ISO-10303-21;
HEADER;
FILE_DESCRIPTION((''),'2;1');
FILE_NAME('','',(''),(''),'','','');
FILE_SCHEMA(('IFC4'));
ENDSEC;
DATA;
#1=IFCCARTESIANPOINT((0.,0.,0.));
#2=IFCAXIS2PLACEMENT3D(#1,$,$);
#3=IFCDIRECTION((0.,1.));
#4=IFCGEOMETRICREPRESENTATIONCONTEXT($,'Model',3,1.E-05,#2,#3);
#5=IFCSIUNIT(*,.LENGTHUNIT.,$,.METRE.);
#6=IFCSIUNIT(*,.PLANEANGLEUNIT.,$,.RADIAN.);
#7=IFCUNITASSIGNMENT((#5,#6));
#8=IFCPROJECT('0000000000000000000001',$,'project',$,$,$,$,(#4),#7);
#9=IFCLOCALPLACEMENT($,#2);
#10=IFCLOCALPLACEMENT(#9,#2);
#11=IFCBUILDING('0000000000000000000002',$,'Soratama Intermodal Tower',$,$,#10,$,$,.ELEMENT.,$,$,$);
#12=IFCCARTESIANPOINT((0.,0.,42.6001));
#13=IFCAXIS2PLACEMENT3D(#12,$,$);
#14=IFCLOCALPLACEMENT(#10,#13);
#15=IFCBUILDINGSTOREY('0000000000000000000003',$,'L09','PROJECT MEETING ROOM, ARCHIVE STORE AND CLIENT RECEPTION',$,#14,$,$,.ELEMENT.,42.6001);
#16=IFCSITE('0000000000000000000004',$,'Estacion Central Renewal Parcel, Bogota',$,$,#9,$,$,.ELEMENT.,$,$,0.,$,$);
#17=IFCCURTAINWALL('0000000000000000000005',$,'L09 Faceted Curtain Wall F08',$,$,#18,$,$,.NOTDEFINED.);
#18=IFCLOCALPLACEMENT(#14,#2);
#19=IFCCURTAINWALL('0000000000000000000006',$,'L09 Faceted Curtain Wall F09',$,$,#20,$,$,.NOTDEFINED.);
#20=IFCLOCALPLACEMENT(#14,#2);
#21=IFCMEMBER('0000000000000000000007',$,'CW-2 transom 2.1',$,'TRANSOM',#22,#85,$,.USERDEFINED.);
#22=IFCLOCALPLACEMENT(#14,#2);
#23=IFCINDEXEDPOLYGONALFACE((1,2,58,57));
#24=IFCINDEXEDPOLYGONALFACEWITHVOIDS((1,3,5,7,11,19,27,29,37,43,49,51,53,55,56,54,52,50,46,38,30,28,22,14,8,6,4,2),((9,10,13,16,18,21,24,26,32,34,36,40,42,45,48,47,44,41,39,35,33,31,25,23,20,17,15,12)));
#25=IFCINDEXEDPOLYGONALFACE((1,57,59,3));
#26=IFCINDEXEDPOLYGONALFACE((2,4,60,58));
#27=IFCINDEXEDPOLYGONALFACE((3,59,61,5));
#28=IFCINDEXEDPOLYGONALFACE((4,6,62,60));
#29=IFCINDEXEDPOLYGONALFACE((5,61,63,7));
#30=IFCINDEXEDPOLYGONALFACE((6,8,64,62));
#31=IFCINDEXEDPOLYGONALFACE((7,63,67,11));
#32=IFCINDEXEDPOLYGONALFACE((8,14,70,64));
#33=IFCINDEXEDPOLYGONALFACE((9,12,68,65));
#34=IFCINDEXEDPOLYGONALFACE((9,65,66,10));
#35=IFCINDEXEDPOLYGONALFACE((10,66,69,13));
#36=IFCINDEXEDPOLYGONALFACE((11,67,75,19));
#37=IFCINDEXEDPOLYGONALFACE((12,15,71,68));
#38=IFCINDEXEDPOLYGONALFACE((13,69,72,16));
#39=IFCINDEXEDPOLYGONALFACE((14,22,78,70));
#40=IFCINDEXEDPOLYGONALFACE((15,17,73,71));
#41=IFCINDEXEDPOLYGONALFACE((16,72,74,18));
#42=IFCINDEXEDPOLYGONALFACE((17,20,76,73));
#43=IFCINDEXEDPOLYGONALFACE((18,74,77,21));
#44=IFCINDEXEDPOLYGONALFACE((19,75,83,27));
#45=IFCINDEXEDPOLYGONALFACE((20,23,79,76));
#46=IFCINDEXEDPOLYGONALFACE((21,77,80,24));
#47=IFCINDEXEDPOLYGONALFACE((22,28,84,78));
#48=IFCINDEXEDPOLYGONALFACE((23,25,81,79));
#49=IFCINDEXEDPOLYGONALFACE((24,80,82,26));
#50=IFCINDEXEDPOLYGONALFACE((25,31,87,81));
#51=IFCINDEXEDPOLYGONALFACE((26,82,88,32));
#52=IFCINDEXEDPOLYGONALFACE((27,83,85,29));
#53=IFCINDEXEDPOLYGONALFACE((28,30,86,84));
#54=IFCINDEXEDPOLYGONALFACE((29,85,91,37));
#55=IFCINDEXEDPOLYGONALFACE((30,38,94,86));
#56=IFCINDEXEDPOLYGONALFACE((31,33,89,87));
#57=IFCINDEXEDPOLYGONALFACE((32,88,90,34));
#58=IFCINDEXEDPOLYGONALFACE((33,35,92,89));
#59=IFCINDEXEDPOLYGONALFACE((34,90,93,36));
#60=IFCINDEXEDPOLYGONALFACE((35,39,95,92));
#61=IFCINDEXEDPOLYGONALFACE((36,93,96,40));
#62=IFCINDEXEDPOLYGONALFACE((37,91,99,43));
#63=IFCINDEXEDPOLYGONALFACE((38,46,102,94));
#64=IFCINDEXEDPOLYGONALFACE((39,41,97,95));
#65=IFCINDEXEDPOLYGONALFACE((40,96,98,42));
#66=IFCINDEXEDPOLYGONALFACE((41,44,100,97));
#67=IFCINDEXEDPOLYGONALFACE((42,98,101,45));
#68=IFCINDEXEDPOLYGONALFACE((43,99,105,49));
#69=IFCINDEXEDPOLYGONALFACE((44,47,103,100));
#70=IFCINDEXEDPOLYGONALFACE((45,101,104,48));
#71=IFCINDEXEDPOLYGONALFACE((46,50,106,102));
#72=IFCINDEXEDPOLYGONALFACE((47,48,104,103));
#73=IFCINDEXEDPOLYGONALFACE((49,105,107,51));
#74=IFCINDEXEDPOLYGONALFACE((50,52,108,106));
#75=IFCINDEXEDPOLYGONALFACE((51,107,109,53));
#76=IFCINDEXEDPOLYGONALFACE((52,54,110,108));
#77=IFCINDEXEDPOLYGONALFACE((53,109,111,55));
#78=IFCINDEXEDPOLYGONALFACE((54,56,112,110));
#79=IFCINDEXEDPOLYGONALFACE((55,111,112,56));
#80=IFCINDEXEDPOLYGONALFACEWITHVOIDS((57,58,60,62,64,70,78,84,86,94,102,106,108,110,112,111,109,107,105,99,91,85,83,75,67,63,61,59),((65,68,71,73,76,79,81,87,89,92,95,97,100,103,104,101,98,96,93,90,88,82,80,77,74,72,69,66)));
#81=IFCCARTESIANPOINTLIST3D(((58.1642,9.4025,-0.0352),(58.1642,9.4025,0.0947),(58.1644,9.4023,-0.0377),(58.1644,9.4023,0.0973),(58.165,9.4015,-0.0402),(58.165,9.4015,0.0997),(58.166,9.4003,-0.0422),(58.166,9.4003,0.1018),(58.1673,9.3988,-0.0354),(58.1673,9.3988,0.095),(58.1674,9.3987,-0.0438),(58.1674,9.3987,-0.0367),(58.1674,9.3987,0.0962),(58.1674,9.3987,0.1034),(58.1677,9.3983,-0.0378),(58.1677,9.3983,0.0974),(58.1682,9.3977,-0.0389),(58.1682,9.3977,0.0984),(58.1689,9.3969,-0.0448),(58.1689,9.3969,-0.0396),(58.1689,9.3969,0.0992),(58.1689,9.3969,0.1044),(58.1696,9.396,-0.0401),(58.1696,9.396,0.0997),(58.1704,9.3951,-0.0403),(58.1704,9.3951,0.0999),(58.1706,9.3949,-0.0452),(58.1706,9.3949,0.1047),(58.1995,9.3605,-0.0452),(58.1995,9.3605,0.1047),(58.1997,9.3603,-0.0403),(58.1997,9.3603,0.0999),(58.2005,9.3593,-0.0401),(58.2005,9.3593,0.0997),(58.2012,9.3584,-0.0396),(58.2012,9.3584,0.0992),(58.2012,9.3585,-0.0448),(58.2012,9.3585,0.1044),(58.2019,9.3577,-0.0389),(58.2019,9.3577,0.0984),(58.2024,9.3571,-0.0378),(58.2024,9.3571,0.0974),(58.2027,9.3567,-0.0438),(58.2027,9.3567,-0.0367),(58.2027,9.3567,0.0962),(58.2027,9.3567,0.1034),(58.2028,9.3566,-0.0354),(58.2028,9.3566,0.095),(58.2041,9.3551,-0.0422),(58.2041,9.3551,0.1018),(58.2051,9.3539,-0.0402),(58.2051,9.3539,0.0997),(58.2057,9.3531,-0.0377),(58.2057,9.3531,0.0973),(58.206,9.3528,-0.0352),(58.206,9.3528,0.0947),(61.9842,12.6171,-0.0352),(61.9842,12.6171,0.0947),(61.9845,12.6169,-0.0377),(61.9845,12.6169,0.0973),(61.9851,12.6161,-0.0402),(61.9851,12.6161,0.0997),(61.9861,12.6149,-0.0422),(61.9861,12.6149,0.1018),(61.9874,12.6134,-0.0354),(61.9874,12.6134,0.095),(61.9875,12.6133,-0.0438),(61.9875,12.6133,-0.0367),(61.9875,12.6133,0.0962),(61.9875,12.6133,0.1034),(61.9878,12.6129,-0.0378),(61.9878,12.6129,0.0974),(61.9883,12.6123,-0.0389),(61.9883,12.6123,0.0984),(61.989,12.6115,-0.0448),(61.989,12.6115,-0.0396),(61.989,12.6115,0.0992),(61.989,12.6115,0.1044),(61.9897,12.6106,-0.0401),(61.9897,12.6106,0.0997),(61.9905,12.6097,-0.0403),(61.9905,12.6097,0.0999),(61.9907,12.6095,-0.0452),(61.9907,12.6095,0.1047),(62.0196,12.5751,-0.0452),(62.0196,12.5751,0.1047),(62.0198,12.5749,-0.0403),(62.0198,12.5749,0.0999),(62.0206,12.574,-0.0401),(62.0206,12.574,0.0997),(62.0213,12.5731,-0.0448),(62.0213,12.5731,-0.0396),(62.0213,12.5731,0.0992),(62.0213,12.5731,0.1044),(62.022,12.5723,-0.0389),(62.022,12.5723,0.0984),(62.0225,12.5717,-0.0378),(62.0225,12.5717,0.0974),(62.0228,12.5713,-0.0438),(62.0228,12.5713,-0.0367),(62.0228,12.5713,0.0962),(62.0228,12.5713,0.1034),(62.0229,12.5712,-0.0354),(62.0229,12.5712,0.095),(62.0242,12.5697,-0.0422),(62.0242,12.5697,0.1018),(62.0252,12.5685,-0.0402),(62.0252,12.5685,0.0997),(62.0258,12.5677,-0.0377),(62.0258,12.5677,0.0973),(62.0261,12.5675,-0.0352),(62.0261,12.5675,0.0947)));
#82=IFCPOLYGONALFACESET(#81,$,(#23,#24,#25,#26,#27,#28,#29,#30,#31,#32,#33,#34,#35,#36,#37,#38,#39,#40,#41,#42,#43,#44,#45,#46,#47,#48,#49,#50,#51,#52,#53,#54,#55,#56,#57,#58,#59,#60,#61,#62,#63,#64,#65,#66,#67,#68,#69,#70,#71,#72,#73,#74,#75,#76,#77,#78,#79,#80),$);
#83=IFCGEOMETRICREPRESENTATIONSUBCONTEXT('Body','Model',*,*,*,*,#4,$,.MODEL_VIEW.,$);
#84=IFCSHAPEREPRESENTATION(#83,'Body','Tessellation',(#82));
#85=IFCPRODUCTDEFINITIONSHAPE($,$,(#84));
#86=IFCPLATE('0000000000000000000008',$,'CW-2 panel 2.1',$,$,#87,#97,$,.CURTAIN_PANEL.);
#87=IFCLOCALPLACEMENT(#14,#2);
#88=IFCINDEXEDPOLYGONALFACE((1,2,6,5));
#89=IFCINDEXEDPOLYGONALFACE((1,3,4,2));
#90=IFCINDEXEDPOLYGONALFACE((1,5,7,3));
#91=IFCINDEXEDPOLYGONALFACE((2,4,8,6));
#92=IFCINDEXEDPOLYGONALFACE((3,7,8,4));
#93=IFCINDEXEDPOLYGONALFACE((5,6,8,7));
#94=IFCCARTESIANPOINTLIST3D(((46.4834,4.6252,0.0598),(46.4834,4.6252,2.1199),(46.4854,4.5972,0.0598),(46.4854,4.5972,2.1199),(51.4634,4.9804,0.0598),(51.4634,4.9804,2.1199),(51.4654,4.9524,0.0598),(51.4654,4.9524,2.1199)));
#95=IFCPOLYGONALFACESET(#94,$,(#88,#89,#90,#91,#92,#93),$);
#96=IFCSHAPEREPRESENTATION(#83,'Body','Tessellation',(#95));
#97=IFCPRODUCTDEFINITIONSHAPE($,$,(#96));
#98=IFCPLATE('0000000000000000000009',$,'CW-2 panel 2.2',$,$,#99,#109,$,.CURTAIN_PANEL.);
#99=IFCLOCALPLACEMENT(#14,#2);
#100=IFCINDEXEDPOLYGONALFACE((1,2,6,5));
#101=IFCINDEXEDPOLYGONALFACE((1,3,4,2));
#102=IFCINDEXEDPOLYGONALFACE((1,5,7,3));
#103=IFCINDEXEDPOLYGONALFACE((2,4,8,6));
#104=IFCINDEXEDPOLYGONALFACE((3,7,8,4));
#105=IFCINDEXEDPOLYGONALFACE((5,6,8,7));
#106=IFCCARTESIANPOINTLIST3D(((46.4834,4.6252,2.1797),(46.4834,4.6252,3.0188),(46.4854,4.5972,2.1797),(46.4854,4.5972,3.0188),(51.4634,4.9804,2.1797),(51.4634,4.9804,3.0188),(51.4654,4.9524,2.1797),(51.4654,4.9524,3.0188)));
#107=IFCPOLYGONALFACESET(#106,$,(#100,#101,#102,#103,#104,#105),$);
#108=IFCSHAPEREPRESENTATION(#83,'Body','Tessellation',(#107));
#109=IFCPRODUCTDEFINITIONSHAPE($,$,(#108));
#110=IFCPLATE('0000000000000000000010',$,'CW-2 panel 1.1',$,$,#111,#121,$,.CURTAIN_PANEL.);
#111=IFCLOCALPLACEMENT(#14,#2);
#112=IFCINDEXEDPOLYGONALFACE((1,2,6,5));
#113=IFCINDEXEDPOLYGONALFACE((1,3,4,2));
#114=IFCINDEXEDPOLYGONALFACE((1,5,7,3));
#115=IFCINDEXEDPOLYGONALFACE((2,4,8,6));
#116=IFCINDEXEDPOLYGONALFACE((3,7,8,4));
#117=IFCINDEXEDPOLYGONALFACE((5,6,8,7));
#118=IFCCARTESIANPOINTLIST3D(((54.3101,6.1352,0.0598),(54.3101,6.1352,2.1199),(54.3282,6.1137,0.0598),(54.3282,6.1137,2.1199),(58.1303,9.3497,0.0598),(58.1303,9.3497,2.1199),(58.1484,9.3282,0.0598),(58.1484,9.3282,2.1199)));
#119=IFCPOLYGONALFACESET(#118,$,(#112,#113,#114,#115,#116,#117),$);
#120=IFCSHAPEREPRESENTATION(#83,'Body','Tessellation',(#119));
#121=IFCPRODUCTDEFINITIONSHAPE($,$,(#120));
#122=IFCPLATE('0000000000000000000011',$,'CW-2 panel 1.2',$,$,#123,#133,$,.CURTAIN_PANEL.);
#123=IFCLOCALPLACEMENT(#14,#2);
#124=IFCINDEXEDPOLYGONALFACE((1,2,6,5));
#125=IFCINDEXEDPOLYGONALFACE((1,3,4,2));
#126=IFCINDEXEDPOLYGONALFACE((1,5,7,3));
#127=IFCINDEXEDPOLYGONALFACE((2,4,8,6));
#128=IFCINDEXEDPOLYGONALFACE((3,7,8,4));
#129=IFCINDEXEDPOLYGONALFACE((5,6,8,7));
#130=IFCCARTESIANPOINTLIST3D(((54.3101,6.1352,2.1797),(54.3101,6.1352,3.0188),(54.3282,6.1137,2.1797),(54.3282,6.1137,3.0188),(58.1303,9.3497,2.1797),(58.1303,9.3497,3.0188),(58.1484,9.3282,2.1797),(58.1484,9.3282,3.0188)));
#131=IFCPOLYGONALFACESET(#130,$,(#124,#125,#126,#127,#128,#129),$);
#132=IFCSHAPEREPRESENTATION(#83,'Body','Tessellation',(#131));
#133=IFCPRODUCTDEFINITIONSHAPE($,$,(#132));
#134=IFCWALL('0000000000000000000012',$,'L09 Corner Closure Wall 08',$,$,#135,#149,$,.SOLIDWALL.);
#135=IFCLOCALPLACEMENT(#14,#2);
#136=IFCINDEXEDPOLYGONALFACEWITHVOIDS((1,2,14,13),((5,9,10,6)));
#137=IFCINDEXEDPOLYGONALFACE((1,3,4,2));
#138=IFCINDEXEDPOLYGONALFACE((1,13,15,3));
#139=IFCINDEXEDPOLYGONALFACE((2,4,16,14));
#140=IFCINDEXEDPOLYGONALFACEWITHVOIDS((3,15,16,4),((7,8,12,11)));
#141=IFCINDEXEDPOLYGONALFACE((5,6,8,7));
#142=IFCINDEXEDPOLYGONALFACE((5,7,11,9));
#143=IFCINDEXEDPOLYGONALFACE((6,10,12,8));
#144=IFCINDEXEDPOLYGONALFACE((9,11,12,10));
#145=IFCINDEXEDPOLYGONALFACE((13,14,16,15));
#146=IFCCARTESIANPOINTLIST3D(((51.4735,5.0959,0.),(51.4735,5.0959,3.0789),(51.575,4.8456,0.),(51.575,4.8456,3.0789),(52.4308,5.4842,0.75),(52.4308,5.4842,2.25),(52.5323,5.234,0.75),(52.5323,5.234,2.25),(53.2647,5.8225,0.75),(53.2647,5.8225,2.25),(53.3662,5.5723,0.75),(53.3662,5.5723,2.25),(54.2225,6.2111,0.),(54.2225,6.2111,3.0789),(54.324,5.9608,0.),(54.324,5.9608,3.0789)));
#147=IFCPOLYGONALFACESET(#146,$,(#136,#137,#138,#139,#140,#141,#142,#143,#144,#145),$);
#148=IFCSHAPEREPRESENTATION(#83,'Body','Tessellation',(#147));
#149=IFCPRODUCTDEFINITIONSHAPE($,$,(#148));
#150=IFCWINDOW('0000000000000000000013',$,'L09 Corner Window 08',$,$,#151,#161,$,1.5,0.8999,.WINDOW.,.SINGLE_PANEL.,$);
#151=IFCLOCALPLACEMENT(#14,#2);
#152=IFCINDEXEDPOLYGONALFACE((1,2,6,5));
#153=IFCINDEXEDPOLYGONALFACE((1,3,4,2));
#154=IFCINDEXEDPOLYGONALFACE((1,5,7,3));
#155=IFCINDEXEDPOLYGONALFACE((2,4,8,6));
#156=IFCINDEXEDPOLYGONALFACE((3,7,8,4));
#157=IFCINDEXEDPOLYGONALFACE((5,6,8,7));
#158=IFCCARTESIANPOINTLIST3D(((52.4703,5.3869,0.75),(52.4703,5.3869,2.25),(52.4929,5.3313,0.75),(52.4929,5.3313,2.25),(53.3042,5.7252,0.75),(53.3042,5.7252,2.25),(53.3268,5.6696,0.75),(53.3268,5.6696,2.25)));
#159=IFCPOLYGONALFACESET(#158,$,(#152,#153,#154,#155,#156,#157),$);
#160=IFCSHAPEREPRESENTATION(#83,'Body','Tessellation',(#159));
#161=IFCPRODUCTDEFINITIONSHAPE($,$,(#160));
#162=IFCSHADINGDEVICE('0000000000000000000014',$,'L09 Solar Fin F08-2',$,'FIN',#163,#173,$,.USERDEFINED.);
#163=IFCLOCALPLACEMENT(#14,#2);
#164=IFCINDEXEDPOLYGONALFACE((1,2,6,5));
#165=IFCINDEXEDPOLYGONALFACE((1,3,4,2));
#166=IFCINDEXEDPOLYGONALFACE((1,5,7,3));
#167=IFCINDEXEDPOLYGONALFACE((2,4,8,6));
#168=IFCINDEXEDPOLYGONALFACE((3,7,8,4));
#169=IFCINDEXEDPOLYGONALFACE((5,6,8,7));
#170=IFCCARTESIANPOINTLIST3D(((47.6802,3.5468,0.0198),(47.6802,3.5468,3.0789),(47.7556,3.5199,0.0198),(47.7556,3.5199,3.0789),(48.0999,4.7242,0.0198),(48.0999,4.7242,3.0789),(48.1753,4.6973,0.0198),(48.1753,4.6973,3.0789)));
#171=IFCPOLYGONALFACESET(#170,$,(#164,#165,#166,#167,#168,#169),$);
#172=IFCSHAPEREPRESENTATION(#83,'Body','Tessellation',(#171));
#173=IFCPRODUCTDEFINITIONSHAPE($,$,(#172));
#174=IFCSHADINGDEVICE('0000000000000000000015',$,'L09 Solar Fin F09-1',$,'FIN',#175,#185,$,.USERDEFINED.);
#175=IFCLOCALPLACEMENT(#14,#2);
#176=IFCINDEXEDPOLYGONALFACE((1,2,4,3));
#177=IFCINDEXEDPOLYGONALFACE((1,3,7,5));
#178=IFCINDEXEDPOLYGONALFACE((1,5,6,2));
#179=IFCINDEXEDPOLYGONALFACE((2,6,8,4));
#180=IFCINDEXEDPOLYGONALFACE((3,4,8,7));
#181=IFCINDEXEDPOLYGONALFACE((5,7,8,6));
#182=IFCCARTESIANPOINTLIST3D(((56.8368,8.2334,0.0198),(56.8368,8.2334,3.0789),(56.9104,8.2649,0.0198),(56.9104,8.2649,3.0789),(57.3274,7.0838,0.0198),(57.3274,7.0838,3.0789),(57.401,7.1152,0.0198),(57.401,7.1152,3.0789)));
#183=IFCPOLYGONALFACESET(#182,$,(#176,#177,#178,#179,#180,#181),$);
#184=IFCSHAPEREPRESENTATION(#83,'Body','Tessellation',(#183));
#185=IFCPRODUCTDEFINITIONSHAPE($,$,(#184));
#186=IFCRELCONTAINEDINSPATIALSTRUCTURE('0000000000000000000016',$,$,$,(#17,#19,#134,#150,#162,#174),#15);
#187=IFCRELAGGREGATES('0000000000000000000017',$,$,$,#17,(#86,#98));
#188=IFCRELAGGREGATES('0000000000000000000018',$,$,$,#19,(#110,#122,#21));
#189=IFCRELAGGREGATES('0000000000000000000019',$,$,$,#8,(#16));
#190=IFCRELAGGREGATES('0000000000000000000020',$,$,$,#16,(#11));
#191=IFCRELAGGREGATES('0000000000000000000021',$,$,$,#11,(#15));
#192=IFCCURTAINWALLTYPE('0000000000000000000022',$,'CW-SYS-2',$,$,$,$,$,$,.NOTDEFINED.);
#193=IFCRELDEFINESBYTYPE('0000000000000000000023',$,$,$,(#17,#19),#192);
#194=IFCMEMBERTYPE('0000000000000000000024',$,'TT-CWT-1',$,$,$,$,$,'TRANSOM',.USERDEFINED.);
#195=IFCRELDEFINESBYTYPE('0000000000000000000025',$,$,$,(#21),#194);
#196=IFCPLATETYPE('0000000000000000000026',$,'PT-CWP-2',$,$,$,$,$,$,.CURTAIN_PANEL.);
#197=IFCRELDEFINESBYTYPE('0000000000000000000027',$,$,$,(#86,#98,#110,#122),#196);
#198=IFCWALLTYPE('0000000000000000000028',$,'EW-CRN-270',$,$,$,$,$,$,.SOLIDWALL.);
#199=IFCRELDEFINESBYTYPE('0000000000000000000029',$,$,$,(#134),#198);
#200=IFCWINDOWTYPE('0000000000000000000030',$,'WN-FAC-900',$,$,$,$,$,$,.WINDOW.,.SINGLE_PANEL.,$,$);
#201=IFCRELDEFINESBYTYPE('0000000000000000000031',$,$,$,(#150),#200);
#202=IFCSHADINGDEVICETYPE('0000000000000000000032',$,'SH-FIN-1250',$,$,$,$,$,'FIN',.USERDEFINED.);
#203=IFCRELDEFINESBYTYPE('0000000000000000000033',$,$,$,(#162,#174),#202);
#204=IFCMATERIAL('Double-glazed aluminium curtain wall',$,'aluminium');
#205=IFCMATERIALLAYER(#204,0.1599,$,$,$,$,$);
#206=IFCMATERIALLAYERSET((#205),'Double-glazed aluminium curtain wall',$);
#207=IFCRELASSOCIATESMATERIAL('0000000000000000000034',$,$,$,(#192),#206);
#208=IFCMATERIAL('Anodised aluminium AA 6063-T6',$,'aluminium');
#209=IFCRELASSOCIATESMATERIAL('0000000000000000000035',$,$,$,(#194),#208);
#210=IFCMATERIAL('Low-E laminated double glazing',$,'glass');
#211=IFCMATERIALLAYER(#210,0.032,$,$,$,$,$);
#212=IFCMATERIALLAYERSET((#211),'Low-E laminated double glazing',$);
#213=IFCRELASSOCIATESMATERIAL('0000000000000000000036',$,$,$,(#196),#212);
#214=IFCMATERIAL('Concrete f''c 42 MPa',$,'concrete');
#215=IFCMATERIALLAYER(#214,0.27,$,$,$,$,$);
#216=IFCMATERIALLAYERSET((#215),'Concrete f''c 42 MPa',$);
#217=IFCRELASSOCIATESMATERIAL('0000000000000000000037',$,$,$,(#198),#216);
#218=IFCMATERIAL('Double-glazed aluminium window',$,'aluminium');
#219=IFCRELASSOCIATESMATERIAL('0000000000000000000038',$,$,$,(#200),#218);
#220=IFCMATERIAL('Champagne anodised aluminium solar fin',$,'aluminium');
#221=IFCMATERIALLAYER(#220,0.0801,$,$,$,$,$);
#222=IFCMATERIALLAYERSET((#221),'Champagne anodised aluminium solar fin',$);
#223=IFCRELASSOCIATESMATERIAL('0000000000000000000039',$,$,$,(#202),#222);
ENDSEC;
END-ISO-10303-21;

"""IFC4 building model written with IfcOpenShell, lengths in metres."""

from ifc_helpers import new_model, si_unit, direction, frame, frame_2d, origin, origin_2d, place, context, subcontext, project, spatial, rectangle, hollow_rectangle, extrude, material, layer, layer_set, material_profile, profile_set, type_object, element, fill, aggregate, save


model = new_model("IFC4")

# Units and contexts
model_context = context("Model", 3, precision=1e-05, world=origin(), true_north=direction((0.0, 1.0)))
body_context = subcontext(model_context, "Body", "Model", "MODEL_VIEW")
ifc_project = project(units=[si_unit("LENGTHUNIT", "METRE"), si_unit("PLANEANGLEUNIT", "RADIAN")], contexts=[model_context])

# Site, building, storey
site_placement = place(None, origin())
site = spatial("IfcSite", under=ifc_project, at=site_placement, Name="Estacion Central Renewal Parcel, Bogota", CompositionType="ELEMENT", RefElevation=0.0)
building_placement = place(site_placement, origin())
building = spatial("IfcBuilding", under=site, at=building_placement, Name="Soratama Intermodal Tower", CompositionType="ELEMENT")
storey_placement = place(building_placement, frame((0.0, 0.0, 42.6001)))
storey = spatial("IfcBuildingStorey", under=building, at=storey_placement, Name="L09", Description="PROJECT MEETING ROOM, ARCHIVE STORE AND CLIENT RECEPTION", CompositionType="ELEMENT", Elevation=42.6001)

# Curtain wall
ifc_material_1 = material(Name="Double-glazed aluminium curtain wall", Category="aluminium")
ifc_layer_1 = layer(ifc_material_1, 0.1599)
ifc_layer_set_1 = layer_set([ifc_layer_1], Name="Double-glazed aluminium curtain wall")
curtain_wall_type = type_object("IfcCurtainWallType", Name="CW-SYS-2", PredefinedType="NOTDEFINED", material=ifc_layer_set_1)
curtain_wall_1_placement = place(storey_placement, origin())
curtain_wall_1 = element("IfcCurtainWall", 1, at=curtain_wall_1_placement, inside=storey, type_object=curtain_wall_type, Name="L09 Faceted Curtain Wall F08", PredefinedType="NOTDEFINED")

# Curtain wall, member
curtain_wall_2_placement = place(storey_placement, origin())
curtain_wall_2 = element("IfcCurtainWall", 2, at=curtain_wall_2_placement, inside=storey, type_object=curtain_wall_type, Name="L09 Faceted Curtain Wall F09", PredefinedType="NOTDEFINED")
ifc_material_2 = material(Name="Anodised aluminium AA 6063-T6", Category="aluminium")
ifc_material_profile_1 = material_profile(ifc_material_2, hollow_rectangle(XDim=0.0649, YDim=0.1499, WallThickness=0.0049, InnerFilletRadius=0.0049, OuterFilletRadius=0.01, at=origin_2d()), Name="CWT150X65X5")
ifc_profile_set_1 = profile_set([ifc_material_profile_1], Name="Anodised aluminium AA 6063-T6")
member_type_1 = type_object("IfcMemberType", Name="TT-CWT-1", ElementType="TRANSOM", PredefinedType="USERDEFINED", material=ifc_profile_set_1)
member_1_placement = place(storey_placement, frame((58.1851, 9.3777, 0.0298), z_axis=(0.765138, 0.643866, 0.0), x_axis=(-0.643866, 0.765138, 0.0)))
member_1 = element("IfcMember", 3, at=member_1_placement, type_object=member_type_1, Name="CW-2 transom 2.1", ObjectType="TRANSOM", PredefinedType="USERDEFINED", context=body_context, shape_type="SweptSolid", body=[
    extrude(hollow_rectangle(XDim=0.0649, YDim=0.1499, WallThickness=0.0049, InnerFilletRadius=0.0049, OuterFilletRadius=0.01, at=origin_2d()), origin(), (0.0, 0.0, 1.0), 4.9927),
])

# Plates
ifc_material_3 = material(Name="Low-E laminated double glazing", Category="glass")
ifc_layer_2 = layer(ifc_material_3, 0.032)
ifc_layer_set_2 = layer_set([ifc_layer_2], Name="Low-E laminated double glazing")
plate_type = type_object("IfcPlateType", Name="PT-CWP-2", PredefinedType="CURTAIN_PANEL", material=ifc_layer_set_2)
plate_1_placement = place(storey_placement, frame((48.9744, 4.7888, 0.0598), z_axis=(0.0, 0.0, 1.0), x_axis=(0.997465, 0.071154, 0.0)))
plate_1 = element("IfcPlate", 4, at=plate_1_placement, type_object=plate_type, Name="CW-2 panel 2.1", PredefinedType="CURTAIN_PANEL", context=body_context, shape_type="SweptSolid", body=[
    extrude(rectangle(XDim=4.9927, YDim=0.0281, at=origin_2d()), origin(), (0.0, 0.0, 1.0), 2.0601),
])
plate_2_placement = place(storey_placement, frame((48.9744, 4.7888, 2.1797), z_axis=(0.0, 0.0, 1.0), x_axis=(0.997465, 0.071154, 0.0)))
plate_2 = element("IfcPlate", 5, at=plate_2_placement, type_object=plate_type, Name="CW-2 panel 2.2", PredefinedType="CURTAIN_PANEL", context=body_context, shape_type="SweptSolid", body=[
    extrude(rectangle(XDim=4.9927, YDim=0.0281, at=origin_2d()), origin(), (0.0, 0.0, 1.0), 0.8391),
])
aggregate(curtain_wall_1, [plate_1, plate_2])
plate_3_placement = place(storey_placement, frame((56.2292, 7.7317, 0.0598), z_axis=(0.0, 0.0, 1.0), x_axis=(0.765149, 0.643853, 0.0)))
plate_3 = element("IfcPlate", 6, at=plate_3_placement, type_object=plate_type, Name="CW-2 panel 1.1", PredefinedType="CURTAIN_PANEL", context=body_context, shape_type="SweptSolid", body=[
    extrude(rectangle(XDim=4.9927, YDim=0.0281, at=origin_2d()), origin(), (0.0, 0.0, 1.0), 2.0601),
])
plate_4_placement = place(storey_placement, frame((56.2292, 7.7317, 2.1797), z_axis=(0.0, 0.0, 1.0), x_axis=(0.765149, 0.643853, 0.0)))
plate_4 = element("IfcPlate", 7, at=plate_4_placement, type_object=plate_type, Name="CW-2 panel 1.2", PredefinedType="CURTAIN_PANEL", context=body_context, shape_type="SweptSolid", body=[
    extrude(rectangle(XDim=4.9927, YDim=0.0281, at=origin_2d()), origin(), (0.0, 0.0, 1.0), 0.8391),
])
aggregate(curtain_wall_2, [plate_3, plate_4, member_1])

# Wall, opening, window
ifc_material_4 = material(Name="Concrete f'c 42 MPa", Category="concrete")
ifc_layer_3 = layer(ifc_material_4, 0.27)
ifc_layer_set_3 = layer_set([ifc_layer_3], Name="Concrete f'c 42 MPa")
wall_type = type_object("IfcWallType", Name="EW-CRN-270", PredefinedType="SOLIDWALL", material=ifc_layer_set_3)
wall_placement = place(storey_placement, frame((51.5242, 4.9707, 0.0), z_axis=(0.0, 0.0, 1.0), x_axis=(0.926649, 0.375927, 0.0)))
wall = element("IfcWall", 8, at=wall_placement, inside=storey, type_object=wall_type, Name="L09 Corner Closure Wall 08", PredefinedType="SOLIDWALL", context=body_context, shape_type="SweptSolid", body=[
    extrude(rectangle(XDim=2.9666, YDim=0.27, at=frame_2d((1.4834, 0.0))), origin(), (0.0, 0.0, 1.0), 3.0789),
])
opening_placement = place(wall_placement, frame((1.0332, 0.0, 0.75)))
opening = element("IfcOpeningElement", 9, at=opening_placement, cuts=wall, PredefinedType="OPENING", context=body_context, shape_type="SweptSolid", body=[
    extrude(rectangle(XDim=0.8999, YDim=1.5, at=frame_2d((0.45, 0.75))), frame((0.0, 0.145, 0.0), z_axis=(0.0, -1.0, 0.0), x_axis=(1.0, 0.0, 0.0)), (0.0, 0.0, 1.0), 0.29),
])
ifc_material_5 = material(Name="Double-glazed aluminium window", Category="aluminium")
window_type = type_object("IfcWindowType", Name="WN-FAC-900", PartitioningType="SINGLE_PANEL", PredefinedType="WINDOW", material=ifc_material_5)
window_placement = place(opening_placement, origin())
window = element("IfcWindow", 10, at=window_placement, inside=storey, type_object=window_type, Name="L09 Corner Window 08", OverallHeight=1.5, OverallWidth=0.8999, PartitioningType="SINGLE_PANEL", PredefinedType="WINDOW", context=body_context, shape_type="SweptSolid", body=[
    extrude(rectangle(XDim=0.8999, YDim=1.5, at=frame_2d((0.45, 0.75))), frame((0.0, 0.03, 0.0), z_axis=(0.0, -1.0, 0.0), x_axis=(1.0, 0.0, 0.0)), (0.0, 0.0, 1.0), 0.0601),
])
fill(opening, window)

# Shading devices
ifc_material_6 = material(Name="Champagne anodised aluminium solar fin", Category="aluminium")
ifc_layer_4 = layer(ifc_material_6, 0.0801)
ifc_layer_set_4 = layer_set([ifc_layer_4], Name="Champagne anodised aluminium solar fin")
shading_device_type = type_object("IfcShadingDeviceType", Name="SH-FIN-1250", ElementType="FIN", PredefinedType="USERDEFINED", material=ifc_layer_set_4)
for number, where, z_axis, x_axis, name in (
    (11, (47.9277, 4.1221, 0.0198), (0.0, 0.0, 1.0), (-0.33578, -0.94194, 0.0), "L09 Solar Fin F08-2"),
    (12, (57.1189, 7.6743, 0.0198), (0.0, 0.0, 1.0), (0.392498, -0.919753, 0.0), "L09 Solar Fin F09-1"),
):
    element("IfcShadingDevice", number, at=place(storey_placement, frame(where, z_axis=z_axis, x_axis=x_axis)), inside=storey, type_object=shading_device_type, Name=name, ObjectType="FIN", PredefinedType="USERDEFINED", context=body_context, shape_type="SweptSolid", body=[
        extrude(rectangle(XDim=1.25, YDim=0.0801, at=origin_2d()), origin(), (0.0, 0.0, 1.0), 3.0591),
    ])

save(model, "model.ifc")
